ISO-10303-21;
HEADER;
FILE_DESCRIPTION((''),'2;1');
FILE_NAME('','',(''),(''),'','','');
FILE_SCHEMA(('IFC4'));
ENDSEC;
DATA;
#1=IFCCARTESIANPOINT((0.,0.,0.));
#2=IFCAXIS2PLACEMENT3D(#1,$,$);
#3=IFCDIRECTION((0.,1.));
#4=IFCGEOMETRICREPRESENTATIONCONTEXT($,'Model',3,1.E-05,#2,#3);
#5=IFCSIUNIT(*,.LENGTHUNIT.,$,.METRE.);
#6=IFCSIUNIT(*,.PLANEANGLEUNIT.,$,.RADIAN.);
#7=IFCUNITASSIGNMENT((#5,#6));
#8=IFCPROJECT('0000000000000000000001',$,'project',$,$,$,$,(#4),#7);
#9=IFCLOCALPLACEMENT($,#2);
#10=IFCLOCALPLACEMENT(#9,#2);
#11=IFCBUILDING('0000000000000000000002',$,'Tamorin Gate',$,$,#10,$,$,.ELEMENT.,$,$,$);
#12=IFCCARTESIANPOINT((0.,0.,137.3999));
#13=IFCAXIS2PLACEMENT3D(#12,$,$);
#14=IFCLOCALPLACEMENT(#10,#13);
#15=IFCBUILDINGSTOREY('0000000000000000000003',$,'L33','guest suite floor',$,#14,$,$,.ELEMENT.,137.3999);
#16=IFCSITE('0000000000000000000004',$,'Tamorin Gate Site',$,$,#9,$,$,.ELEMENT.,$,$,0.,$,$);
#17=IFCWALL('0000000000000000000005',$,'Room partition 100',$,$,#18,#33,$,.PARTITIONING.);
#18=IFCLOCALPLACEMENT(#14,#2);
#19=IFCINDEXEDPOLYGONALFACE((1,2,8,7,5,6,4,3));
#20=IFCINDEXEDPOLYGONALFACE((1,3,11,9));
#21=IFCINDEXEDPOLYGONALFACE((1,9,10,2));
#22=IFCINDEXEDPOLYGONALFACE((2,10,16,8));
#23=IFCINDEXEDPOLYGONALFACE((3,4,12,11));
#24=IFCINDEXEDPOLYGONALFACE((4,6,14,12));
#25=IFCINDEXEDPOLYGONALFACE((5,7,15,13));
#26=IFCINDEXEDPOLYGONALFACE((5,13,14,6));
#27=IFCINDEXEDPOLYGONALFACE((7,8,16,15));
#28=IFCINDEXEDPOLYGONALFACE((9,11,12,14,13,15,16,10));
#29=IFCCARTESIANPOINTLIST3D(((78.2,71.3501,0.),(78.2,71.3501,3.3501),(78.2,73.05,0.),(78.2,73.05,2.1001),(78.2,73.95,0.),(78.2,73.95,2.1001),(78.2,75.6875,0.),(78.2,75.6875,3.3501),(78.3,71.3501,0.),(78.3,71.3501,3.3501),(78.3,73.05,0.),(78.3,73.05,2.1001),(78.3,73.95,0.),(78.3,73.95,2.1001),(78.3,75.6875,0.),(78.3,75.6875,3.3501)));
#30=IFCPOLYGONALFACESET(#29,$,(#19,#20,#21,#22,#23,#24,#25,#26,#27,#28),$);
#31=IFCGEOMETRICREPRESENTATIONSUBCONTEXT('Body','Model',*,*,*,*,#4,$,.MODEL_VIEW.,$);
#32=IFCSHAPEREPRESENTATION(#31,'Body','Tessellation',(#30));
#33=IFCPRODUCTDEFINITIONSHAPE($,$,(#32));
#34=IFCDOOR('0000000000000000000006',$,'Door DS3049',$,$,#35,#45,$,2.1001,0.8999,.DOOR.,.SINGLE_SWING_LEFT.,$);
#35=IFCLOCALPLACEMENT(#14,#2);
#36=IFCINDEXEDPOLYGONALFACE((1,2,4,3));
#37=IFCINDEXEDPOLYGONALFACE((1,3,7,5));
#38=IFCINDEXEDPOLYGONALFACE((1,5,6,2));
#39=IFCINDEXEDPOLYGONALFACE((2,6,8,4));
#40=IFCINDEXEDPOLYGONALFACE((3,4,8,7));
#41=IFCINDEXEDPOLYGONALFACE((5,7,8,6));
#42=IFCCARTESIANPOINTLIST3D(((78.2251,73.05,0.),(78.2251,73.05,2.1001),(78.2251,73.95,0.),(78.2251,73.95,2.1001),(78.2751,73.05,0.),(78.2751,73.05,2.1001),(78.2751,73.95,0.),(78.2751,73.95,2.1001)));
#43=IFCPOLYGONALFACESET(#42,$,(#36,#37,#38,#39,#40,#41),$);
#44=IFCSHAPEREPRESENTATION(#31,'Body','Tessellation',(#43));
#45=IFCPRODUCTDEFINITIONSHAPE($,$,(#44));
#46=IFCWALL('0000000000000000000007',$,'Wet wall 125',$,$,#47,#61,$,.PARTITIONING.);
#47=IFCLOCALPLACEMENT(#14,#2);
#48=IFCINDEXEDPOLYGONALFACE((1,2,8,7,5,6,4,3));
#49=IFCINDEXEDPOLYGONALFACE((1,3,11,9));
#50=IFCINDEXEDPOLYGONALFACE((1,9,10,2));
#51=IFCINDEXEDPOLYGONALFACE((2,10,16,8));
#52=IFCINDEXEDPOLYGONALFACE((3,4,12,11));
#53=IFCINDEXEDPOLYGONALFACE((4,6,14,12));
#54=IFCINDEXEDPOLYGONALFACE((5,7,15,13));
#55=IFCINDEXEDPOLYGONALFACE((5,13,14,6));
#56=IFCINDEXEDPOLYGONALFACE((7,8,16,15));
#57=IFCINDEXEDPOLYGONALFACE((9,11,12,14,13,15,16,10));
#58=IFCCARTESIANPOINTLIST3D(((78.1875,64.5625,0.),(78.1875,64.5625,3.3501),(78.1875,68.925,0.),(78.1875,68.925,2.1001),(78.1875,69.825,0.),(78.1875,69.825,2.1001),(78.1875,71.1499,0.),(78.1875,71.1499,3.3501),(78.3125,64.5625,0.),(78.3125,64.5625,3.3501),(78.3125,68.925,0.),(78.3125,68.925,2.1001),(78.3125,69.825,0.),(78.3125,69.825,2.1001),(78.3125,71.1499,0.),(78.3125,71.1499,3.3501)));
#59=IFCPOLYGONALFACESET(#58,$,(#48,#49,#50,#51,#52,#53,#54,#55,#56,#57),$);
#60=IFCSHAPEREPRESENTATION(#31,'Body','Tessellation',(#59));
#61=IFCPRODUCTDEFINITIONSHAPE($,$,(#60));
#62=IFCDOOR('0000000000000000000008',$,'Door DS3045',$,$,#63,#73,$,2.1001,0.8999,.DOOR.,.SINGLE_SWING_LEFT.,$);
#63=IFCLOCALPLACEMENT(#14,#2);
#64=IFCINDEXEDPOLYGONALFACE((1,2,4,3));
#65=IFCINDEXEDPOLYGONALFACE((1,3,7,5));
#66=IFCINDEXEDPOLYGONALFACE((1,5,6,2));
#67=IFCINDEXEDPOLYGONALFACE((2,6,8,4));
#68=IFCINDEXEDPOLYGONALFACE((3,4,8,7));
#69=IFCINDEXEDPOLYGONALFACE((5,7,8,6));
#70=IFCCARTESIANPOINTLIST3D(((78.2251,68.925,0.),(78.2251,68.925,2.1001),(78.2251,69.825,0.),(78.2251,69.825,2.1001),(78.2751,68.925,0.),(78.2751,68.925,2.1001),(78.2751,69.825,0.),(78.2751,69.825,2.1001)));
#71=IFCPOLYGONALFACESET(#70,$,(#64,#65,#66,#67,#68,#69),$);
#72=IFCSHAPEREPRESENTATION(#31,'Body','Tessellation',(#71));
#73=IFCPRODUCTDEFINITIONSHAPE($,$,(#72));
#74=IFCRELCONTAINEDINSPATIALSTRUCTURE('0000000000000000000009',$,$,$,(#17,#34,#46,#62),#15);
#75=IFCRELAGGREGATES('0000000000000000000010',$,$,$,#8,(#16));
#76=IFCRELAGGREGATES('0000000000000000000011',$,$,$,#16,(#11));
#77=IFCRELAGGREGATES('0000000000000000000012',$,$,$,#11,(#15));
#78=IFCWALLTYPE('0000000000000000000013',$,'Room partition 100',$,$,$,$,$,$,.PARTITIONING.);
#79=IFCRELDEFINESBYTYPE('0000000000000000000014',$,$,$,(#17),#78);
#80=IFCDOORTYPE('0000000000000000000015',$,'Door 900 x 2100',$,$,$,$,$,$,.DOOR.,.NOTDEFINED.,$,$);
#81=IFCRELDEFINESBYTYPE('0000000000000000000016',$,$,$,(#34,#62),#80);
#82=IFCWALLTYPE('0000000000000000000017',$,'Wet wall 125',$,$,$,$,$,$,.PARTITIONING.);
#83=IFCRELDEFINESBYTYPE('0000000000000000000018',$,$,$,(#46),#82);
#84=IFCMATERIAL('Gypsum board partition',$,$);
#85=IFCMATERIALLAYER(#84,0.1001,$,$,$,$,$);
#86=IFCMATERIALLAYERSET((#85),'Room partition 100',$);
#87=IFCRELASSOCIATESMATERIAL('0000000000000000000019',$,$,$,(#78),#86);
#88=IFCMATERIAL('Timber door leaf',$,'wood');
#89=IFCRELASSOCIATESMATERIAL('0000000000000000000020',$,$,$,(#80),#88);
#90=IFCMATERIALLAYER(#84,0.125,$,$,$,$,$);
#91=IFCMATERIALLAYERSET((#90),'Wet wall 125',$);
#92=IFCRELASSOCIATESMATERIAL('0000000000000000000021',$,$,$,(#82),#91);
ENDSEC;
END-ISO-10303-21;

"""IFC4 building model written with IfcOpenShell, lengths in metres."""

from ifc_helpers import new_model, si_unit, direction, frame, frame_2d, origin, place, context, subcontext, project, spatial, rectangle, extrude, material, layer, layer_set, type_object, element, fill, save


model = new_model("IFC4")

# Units and contexts
model_context = context("Model", 3, precision=1e-05, world=origin(), true_north=direction((0.0, 1.0)))
body_context = subcontext(model_context, "Body", "Model", "MODEL_VIEW")
ifc_project = project(units=[si_unit("LENGTHUNIT", "METRE"), si_unit("PLANEANGLEUNIT", "RADIAN")], contexts=[model_context])

# Site, building, storey
site_placement = place(None, origin())
site = spatial("IfcSite", under=ifc_project, at=site_placement, Name="Tamorin Gate Site", CompositionType="ELEMENT", RefElevation=0.0)
building_placement = place(site_placement, origin())
building = spatial("IfcBuilding", under=site, at=building_placement, Name="Tamorin Gate", CompositionType="ELEMENT")
storey_placement = place(building_placement, frame((0.0, 0.0, 137.3999)))
storey = spatial("IfcBuildingStorey", under=building, at=storey_placement, Name="L33", Description="guest suite floor", CompositionType="ELEMENT", Elevation=137.3999)

# Walls, openings, doors
ifc_material_1 = material(Name="Gypsum board partition")
ifc_layer_1 = layer(ifc_material_1, 0.1001)
ifc_layer_set_1 = layer_set([ifc_layer_1], Name="Room partition 100")
wall_type_1 = type_object("IfcWallType", Name="Room partition 100", PredefinedType="PARTITIONING", material=ifc_layer_set_1)
ifc_material_2 = material(Name="Timber door leaf", Category="wood")
door_type = type_object("IfcDoorType", Name="Door 900 x 2100", OperationType="NOTDEFINED", PredefinedType="DOOR", material=ifc_material_2)
wall_1_placement = place(storey_placement, frame((78.25, 71.3501, 0.0), z_axis=(0.0, 0.0, 1.0), x_axis=(0.0, 1.0, 0.0)))
wall_1 = element("IfcWall", 1, at=wall_1_placement, inside=storey, type_object=wall_type_1, Name="Room partition 100", PredefinedType="PARTITIONING", context=body_context, shape_type="SweptSolid", body=[
    extrude(rectangle(XDim=4.3374, YDim=0.1001, at=frame_2d((2.1687, 0.0))), origin(), (0.0, 0.0, 1.0), 3.3501),
])
opening_1_placement = place(wall_1_placement, frame((1.7, 0.0, 0.0)))
opening_1 = element("IfcOpeningElement", 2, at=opening_1_placement, cuts=wall_1, PredefinedType="OPENING", context=body_context, shape_type="SweptSolid", body=[
    extrude(rectangle(XDim=0.8999, YDim=2.1001, at=frame_2d((0.45, 1.05))), frame((0.0, 0.0601, 0.0), z_axis=(0.0, -1.0, 0.0), x_axis=(1.0, 0.0, 0.0)), (0.0, 0.0, 1.0), 0.1201),
])
door_1_placement = place(opening_1_placement, origin())
door_1 = element("IfcDoor", 3, at=door_1_placement, inside=storey, type_object=door_type, Name="Door DS3049", OperationType="SINGLE_SWING_LEFT", OverallHeight=2.1001, OverallWidth=0.8999, PredefinedType="DOOR", context=body_context, shape_type="SweptSolid", body=[
    extrude(rectangle(XDim=0.8999, YDim=2.1001, at=frame_2d((0.45, 1.05))), frame((0.0, 0.0249, 0.0), z_axis=(0.0, -1.0, 0.0), x_axis=(1.0, 0.0, 0.0)), (0.0, 0.0, 1.0), 0.05),
])
fill(opening_1, door_1)
ifc_layer_2 = layer(ifc_material_1, 0.125)
ifc_layer_set_2 = layer_set([ifc_layer_2], Name="Wet wall 125")
wall_type_2 = type_object("IfcWallType", Name="Wet wall 125", PredefinedType="PARTITIONING", material=ifc_layer_set_2)
wall_2_placement = place(storey_placement, frame((78.25, 64.5625, 0.0), z_axis=(0.0, 0.0, 1.0), x_axis=(0.0, 1.0, 0.0)))
wall_2 = element("IfcWall", 4, at=wall_2_placement, inside=storey, type_object=wall_type_2, Name="Wet wall 125", PredefinedType="PARTITIONING", context=body_context, shape_type="SweptSolid", body=[
    extrude(rectangle(XDim=6.5874, YDim=0.125, at=frame_2d((3.2937, 0.0))), origin(), (0.0, 0.0, 1.0), 3.3501),
])
opening_2_placement = place(wall_2_placement, frame((4.3625, 0.0, 0.0)))
opening_2 = element("IfcOpeningElement", 5, at=opening_2_placement, cuts=wall_2, PredefinedType="OPENING", context=body_context, shape_type="SweptSolid", body=[
    extrude(rectangle(XDim=0.8999, YDim=2.1001, at=frame_2d((0.45, 1.05))), frame((0.0, 0.0725, 0.0), z_axis=(0.0, -1.0, 0.0), x_axis=(1.0, 0.0, 0.0)), (0.0, 0.0, 1.0), 0.145),
])
door_2_placement = place(opening_2_placement, origin())
door_2 = element("IfcDoor", 6, at=door_2_placement, inside=storey, type_object=door_type, Name="Door DS3045", OperationType="SINGLE_SWING_LEFT", OverallHeight=2.1001, OverallWidth=0.8999, PredefinedType="DOOR", context=body_context, shape_type="SweptSolid", body=[
    extrude(rectangle(XDim=0.8999, YDim=2.1001, at=frame_2d((0.45, 1.05))), frame((0.0, 0.0249, 0.0), z_axis=(0.0, -1.0, 0.0), x_axis=(1.0, 0.0, 0.0)), (0.0, 0.0, 1.0), 0.05),
])
fill(opening_2, door_2)

save(model, "model.ifc")
